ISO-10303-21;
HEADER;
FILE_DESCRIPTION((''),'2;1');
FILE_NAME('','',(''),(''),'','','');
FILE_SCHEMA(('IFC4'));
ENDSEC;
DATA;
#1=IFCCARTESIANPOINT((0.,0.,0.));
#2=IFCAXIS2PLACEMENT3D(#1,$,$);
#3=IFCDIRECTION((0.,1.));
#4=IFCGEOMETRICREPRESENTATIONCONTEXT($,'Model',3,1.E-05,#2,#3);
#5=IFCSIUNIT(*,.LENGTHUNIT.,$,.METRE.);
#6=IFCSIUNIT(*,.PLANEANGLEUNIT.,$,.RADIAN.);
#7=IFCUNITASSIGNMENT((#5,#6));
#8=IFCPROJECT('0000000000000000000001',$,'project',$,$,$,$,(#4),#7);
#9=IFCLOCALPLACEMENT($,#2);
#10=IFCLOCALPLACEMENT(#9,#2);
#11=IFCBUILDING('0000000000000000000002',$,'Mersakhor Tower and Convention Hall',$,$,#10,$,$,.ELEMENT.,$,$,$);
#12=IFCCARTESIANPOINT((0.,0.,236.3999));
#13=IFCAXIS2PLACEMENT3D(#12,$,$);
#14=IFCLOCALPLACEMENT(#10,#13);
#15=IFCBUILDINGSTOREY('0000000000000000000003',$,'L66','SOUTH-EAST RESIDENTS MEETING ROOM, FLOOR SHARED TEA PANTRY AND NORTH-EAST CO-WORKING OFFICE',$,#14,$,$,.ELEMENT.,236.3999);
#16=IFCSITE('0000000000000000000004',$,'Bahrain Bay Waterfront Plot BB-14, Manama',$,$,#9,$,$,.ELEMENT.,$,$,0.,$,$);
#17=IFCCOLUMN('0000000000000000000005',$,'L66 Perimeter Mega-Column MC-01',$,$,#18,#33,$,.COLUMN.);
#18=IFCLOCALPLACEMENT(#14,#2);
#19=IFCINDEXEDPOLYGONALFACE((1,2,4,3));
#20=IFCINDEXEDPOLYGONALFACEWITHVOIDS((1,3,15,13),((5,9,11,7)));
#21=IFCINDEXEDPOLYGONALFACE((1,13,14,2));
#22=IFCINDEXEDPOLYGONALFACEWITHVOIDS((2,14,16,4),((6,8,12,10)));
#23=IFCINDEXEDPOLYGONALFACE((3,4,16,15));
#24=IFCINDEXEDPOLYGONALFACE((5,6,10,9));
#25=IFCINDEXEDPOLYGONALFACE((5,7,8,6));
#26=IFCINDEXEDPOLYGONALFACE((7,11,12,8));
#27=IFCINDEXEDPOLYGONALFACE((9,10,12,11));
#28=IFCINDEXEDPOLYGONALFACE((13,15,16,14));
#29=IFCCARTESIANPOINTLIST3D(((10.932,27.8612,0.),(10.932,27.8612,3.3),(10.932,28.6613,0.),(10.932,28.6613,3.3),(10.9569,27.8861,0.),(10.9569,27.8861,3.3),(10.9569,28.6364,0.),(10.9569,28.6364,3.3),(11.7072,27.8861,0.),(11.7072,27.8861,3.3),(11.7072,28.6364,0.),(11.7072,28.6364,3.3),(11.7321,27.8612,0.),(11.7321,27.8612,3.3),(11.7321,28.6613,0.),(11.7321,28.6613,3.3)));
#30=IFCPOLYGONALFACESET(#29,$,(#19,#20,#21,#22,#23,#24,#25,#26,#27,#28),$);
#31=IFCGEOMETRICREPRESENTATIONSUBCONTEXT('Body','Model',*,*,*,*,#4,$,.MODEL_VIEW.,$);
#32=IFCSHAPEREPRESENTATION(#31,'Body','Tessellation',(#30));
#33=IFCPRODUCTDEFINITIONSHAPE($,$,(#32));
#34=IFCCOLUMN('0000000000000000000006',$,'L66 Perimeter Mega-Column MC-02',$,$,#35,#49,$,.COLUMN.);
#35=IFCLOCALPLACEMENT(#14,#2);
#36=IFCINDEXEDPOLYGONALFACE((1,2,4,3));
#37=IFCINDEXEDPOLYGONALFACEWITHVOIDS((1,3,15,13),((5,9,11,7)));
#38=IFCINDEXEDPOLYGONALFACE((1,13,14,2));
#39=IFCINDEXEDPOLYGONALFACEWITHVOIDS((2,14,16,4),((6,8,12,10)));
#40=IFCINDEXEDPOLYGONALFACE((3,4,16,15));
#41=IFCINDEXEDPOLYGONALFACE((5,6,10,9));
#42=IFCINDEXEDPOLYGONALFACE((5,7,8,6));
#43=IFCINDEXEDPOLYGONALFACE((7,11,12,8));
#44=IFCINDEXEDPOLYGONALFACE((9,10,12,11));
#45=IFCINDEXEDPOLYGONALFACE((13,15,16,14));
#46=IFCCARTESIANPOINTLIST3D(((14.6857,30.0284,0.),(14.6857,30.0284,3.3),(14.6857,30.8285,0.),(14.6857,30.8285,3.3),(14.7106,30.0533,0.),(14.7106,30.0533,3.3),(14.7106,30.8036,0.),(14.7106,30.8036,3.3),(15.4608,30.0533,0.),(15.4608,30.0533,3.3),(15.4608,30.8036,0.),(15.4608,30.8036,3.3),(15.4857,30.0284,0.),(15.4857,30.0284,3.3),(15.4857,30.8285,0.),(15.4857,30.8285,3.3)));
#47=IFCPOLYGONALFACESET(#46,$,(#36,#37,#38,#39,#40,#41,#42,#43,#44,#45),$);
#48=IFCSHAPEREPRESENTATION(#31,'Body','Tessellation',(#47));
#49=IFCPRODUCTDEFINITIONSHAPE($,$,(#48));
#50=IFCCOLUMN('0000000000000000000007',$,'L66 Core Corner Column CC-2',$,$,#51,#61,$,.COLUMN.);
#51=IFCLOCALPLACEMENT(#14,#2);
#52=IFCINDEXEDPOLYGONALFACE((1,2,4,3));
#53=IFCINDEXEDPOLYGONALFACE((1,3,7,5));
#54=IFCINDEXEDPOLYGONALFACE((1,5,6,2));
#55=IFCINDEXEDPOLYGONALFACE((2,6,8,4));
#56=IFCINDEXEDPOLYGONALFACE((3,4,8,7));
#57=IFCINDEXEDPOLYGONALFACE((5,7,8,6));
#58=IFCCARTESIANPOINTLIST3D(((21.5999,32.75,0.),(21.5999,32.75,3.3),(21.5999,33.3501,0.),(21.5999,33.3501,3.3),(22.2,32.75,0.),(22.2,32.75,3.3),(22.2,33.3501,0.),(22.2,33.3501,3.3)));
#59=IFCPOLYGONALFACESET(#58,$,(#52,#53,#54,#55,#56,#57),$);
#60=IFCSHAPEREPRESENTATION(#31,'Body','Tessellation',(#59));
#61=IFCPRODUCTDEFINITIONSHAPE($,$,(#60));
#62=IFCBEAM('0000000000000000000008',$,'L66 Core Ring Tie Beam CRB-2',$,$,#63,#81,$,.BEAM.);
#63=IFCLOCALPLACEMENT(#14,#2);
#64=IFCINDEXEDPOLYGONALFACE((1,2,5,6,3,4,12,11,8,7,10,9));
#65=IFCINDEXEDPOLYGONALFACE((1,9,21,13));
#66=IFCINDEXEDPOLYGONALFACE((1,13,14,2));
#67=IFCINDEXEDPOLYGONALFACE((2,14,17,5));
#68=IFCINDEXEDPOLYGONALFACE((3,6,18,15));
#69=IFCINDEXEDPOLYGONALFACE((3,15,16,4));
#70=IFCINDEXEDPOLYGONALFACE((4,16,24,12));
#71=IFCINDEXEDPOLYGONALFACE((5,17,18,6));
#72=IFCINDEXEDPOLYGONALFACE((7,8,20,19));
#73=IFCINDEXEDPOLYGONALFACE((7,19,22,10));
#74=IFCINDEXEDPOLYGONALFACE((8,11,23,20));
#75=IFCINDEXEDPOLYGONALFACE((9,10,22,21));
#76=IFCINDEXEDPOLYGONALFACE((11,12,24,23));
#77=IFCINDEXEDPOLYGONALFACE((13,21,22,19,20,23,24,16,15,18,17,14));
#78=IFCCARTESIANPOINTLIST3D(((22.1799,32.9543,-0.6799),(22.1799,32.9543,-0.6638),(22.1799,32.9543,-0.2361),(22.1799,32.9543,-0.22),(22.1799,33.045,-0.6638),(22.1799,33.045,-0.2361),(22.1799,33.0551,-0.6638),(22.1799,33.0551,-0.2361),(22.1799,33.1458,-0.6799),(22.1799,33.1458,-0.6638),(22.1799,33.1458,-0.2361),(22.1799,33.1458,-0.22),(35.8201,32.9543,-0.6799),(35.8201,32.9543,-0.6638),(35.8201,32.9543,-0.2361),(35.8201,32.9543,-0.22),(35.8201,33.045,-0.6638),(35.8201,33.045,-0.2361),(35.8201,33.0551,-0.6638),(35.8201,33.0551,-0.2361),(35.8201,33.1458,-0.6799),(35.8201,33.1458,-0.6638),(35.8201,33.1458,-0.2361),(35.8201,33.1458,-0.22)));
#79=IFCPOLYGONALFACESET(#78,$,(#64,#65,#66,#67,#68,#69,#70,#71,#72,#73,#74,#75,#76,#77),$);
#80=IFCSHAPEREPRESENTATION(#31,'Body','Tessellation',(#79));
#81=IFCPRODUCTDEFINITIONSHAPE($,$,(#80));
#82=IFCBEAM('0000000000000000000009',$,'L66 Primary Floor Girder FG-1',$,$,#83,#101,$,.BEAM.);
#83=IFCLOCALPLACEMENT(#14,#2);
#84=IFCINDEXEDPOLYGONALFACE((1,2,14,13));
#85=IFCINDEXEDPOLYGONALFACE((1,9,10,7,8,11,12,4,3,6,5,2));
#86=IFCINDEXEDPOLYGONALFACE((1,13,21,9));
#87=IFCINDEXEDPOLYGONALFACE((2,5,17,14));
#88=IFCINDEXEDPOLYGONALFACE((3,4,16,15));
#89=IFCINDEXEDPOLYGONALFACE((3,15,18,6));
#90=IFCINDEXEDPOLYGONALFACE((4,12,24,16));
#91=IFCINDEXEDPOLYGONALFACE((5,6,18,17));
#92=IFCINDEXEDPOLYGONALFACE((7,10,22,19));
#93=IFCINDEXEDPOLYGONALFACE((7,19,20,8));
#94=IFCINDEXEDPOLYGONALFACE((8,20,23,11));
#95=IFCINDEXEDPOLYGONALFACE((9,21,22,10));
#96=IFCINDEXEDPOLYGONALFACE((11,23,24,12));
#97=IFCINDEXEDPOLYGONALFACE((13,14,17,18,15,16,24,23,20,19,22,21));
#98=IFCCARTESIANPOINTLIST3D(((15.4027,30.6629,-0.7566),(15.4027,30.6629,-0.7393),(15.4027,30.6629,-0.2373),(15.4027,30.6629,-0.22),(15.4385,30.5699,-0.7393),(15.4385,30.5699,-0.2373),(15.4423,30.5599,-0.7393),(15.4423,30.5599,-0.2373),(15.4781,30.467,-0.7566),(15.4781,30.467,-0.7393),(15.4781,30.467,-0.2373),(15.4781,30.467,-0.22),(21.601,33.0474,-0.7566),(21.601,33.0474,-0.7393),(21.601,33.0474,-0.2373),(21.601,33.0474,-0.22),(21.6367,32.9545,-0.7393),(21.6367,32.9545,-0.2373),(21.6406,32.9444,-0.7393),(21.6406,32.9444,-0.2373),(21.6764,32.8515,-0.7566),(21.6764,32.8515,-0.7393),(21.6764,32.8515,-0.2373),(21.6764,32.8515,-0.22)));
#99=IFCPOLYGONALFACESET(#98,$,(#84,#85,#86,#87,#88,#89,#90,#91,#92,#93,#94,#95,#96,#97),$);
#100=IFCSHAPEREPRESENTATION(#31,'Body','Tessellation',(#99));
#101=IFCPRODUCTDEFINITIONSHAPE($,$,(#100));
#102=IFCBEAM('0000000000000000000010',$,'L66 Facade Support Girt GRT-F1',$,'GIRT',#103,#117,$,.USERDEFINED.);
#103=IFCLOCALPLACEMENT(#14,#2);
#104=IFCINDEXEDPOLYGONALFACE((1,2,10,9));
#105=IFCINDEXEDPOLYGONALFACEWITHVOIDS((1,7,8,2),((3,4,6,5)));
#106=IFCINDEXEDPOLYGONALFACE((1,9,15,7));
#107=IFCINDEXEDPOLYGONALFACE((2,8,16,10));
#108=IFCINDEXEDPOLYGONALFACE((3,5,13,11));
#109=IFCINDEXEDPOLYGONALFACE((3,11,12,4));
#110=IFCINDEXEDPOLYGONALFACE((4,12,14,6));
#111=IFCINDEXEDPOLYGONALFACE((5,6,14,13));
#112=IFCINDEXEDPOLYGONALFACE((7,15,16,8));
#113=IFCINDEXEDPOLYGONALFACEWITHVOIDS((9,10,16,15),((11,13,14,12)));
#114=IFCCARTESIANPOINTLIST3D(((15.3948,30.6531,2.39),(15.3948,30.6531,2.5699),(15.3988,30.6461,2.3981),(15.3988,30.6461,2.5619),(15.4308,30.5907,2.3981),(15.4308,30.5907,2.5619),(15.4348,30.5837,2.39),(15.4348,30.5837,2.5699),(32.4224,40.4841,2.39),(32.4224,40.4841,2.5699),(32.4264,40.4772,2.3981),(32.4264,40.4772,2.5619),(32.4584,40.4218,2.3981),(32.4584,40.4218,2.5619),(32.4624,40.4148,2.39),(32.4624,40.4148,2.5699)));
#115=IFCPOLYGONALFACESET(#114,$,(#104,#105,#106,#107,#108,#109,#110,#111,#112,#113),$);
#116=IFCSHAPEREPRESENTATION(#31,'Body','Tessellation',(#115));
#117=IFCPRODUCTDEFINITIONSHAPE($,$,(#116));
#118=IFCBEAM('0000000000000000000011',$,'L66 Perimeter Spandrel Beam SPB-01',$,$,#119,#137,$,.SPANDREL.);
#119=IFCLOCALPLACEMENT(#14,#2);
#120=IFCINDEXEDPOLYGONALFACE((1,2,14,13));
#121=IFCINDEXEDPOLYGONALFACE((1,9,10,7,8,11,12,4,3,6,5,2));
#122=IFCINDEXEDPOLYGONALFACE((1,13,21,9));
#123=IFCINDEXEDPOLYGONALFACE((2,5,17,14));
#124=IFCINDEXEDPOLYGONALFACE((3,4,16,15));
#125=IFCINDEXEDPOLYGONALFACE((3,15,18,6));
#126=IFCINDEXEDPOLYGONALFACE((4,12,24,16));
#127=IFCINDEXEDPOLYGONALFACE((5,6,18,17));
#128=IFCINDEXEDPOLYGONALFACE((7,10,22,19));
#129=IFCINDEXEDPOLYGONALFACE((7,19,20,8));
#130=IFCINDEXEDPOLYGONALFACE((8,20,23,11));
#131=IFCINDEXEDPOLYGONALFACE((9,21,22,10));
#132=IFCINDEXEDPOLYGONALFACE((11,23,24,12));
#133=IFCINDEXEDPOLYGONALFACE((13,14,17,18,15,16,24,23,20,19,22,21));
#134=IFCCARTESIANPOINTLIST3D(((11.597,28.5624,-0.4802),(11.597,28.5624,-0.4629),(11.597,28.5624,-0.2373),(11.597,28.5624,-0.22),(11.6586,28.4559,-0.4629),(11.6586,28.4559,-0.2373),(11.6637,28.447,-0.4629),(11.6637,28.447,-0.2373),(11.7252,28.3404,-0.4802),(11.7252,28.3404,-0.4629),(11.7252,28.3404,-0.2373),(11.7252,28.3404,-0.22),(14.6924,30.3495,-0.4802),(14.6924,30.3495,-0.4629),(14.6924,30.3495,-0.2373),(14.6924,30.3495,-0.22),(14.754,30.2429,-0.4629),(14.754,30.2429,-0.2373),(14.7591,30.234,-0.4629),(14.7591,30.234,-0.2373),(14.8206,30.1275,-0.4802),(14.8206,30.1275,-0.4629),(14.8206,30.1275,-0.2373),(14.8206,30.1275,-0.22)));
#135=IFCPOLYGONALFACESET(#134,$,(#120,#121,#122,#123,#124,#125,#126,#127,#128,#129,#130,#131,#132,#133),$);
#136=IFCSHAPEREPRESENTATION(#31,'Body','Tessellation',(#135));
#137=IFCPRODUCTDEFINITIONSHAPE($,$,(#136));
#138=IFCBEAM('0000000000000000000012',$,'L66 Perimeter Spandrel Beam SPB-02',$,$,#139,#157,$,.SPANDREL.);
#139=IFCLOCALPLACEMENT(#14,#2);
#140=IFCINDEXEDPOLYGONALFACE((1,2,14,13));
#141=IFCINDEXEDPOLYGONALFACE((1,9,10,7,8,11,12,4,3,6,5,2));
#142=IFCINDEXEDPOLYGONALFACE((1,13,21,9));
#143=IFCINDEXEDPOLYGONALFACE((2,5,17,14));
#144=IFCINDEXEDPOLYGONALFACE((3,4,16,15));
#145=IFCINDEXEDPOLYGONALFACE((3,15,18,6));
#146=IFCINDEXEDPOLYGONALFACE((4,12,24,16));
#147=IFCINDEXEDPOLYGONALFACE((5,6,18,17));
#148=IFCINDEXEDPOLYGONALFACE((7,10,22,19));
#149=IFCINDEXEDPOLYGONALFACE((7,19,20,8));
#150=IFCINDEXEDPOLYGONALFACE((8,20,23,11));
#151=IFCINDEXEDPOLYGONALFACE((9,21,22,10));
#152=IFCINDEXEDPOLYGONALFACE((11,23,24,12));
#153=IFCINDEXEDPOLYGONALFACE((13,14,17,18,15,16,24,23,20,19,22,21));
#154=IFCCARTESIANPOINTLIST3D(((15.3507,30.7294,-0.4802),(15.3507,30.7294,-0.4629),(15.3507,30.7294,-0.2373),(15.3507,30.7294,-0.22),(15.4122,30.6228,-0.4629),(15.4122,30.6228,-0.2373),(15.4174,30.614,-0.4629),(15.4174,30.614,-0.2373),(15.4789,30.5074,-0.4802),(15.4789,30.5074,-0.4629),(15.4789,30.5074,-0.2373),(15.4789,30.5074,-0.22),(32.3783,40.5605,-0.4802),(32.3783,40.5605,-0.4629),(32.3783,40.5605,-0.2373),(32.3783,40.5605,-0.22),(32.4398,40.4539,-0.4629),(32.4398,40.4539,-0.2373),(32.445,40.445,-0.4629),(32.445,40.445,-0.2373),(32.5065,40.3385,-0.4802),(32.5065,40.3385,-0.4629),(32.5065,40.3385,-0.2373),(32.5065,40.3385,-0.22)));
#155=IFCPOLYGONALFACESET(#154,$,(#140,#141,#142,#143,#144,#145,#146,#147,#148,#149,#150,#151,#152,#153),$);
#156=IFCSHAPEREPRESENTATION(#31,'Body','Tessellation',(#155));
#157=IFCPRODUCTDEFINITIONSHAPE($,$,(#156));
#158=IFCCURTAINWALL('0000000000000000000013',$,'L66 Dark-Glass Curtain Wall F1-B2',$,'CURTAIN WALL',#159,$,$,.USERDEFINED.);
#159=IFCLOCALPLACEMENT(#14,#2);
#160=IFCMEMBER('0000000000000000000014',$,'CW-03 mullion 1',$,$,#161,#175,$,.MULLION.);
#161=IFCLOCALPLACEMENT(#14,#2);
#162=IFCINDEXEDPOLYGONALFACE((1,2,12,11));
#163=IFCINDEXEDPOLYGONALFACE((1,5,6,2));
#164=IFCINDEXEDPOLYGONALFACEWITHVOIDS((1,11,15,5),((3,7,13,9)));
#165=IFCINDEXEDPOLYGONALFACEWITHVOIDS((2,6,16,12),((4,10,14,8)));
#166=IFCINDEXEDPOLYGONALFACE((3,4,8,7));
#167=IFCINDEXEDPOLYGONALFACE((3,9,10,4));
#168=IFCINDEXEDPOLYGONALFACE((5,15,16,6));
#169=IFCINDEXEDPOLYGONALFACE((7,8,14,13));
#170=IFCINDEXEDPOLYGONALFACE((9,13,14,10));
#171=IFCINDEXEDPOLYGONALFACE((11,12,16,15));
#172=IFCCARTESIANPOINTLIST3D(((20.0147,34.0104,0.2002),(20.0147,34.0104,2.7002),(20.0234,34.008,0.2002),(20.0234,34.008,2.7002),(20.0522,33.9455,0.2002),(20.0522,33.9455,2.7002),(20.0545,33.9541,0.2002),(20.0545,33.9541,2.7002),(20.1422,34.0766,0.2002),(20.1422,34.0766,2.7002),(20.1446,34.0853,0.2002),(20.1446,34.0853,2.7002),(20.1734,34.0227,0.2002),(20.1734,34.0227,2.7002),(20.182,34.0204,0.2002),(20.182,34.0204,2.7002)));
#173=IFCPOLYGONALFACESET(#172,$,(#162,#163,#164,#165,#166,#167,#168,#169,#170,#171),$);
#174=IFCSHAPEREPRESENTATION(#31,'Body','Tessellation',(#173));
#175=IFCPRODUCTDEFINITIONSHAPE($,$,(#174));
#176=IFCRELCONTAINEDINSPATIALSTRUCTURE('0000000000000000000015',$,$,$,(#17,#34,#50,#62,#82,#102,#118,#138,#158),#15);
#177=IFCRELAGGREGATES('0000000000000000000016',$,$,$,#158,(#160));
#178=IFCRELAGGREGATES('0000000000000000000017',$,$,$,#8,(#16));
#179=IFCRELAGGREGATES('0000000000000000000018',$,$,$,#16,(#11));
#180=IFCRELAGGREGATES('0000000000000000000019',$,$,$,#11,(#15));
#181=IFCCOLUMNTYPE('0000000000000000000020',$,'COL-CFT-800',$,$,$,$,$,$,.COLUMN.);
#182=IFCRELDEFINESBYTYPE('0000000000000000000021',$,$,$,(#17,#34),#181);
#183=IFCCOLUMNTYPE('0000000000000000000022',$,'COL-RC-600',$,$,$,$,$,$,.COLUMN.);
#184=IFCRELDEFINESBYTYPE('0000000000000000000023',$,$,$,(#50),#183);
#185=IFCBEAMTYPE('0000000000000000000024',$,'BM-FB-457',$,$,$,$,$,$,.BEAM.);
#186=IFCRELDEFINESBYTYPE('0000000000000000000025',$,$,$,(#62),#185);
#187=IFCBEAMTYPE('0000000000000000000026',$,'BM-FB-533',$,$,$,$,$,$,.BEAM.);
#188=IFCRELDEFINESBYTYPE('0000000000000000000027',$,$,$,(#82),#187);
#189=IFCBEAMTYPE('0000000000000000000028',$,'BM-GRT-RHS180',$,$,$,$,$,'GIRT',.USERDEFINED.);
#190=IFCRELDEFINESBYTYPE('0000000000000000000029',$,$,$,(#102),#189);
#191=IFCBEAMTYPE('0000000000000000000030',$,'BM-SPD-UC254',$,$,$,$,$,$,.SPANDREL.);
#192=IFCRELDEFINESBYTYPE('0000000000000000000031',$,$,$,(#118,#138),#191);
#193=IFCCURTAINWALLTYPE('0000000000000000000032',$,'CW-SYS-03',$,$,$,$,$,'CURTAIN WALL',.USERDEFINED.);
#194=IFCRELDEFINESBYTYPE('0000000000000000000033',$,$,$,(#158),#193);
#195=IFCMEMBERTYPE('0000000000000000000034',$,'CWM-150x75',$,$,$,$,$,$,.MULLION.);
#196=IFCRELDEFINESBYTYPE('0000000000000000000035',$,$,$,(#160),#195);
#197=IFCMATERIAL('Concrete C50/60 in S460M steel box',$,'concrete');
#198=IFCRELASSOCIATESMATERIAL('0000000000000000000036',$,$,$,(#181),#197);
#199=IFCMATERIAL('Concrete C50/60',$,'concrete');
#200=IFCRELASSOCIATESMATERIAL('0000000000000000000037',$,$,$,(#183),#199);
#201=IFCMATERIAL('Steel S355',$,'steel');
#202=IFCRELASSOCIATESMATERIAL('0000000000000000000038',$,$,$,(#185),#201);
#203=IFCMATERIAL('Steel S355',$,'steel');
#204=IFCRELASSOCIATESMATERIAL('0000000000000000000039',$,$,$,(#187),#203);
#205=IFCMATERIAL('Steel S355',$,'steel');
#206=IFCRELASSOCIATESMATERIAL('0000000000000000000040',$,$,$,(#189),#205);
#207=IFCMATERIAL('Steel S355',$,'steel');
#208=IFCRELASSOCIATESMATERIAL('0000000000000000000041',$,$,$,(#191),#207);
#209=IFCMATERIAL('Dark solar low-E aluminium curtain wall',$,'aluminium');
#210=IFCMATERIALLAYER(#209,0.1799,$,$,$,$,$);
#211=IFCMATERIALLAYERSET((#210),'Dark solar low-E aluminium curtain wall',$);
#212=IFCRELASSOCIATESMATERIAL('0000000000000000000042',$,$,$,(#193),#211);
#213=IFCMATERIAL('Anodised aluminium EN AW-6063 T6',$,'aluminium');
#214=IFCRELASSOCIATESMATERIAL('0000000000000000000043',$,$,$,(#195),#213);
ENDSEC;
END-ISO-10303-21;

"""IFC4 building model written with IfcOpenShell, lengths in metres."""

from ifc_helpers import new_model, si_unit, direction, frame, origin, origin_2d, place, context, subcontext, project, spatial, rectangle, hollow_rectangle, i_section, extrude, material, layer, layer_set, material_profile, profile_set, type_object, element, aggregate, save


model = new_model("IFC4")

# Units and contexts
model_context = context("Model", 3, precision=1e-05, world=origin(), true_north=direction((0.0, 1.0)))
body_context = subcontext(model_context, "Body", "Model", "MODEL_VIEW")
ifc_project = project(units=[si_unit("LENGTHUNIT", "METRE"), si_unit("PLANEANGLEUNIT", "RADIAN")], contexts=[model_context])

# Site, building, storey
site_placement = place(None, origin())
site = spatial("IfcSite", under=ifc_project, at=site_placement, Name="Bahrain Bay Waterfront Plot BB-14, Manama", CompositionType="ELEMENT", RefElevation=0.0)
building_placement = place(site_placement, origin())
building = spatial("IfcBuilding", under=site, at=building_placement, Name="Mersakhor Tower and Convention Hall", CompositionType="ELEMENT")
storey_placement = place(building_placement, frame((0.0, 0.0, 236.3999)))
storey = spatial("IfcBuildingStorey", under=building, at=storey_placement, Name="L66", Description="SOUTH-EAST RESIDENTS MEETING ROOM, FLOOR SHARED TEA PANTRY AND NORTH-EAST CO-WORKING OFFICE", CompositionType="ELEMENT", Elevation=236.3999)

# Columns
ifc_material_1 = material(Name="Concrete C50/60 in S460M steel box", Category="concrete")
ifc_material_profile_1 = material_profile(ifc_material_1, hollow_rectangle(XDim=0.8, YDim=0.8, WallThickness=0.0249, at=origin_2d()), Name="SHS 800x800x25")
ifc_profile_set_1 = profile_set([ifc_material_profile_1], Name="Concrete C50/60 in S460M steel box")
column_type_1 = type_object("IfcColumnType", Name="COL-CFT-800", PredefinedType="COLUMN", material=ifc_profile_set_1)
for number, where, z_axis, x_axis, name in (
    (1, (11.332, 28.2612, 0.0), (0.0, 0.0, 1.0), (1.0, 0.0, 0.0), "L66 Perimeter Mega-Column MC-01"),
    (2, (15.0857, 30.4285, 0.0), (0.0, 0.0, 1.0), (1.0, 0.0, 0.0), "L66 Perimeter Mega-Column MC-02"),
):
    element("IfcColumn", number, at=place(storey_placement, frame(where, z_axis=z_axis, x_axis=x_axis)), inside=storey, type_object=column_type_1, Name=name, PredefinedType="COLUMN", context=body_context, shape_type="SweptSolid", body=[
        extrude(hollow_rectangle(XDim=0.8, YDim=0.8, WallThickness=0.0249, at=origin_2d()), origin(), (0.0, 0.0, 1.0), 3.3),
    ])
ifc_material_2 = material(Name="Concrete C50/60", Category="concrete")
ifc_material_profile_2 = material_profile(ifc_material_2, rectangle(XDim=0.6001, YDim=0.6001, at=origin_2d()), Name="RC 600x600")
ifc_profile_set_2 = profile_set([ifc_material_profile_2], Name="Concrete C50/60")
column_type_2 = type_object("IfcColumnType", Name="COL-RC-600", PredefinedType="COLUMN", material=ifc_profile_set_2)
column_placement = place(storey_placement, frame((21.8999, 33.05, 0.0), z_axis=(0.0, 0.0, 1.0), x_axis=(1.0, 0.0, 0.0)))
element("IfcColumn", 3, at=column_placement, inside=storey, type_object=column_type_2, Name="L66 Core Corner Column CC-2", PredefinedType="COLUMN", context=body_context, shape_type="SweptSolid", body=[
    extrude(rectangle(XDim=0.6001, YDim=0.6001, at=origin_2d()), origin(), (0.0, 0.0, 1.0), 3.3),
])

# Beams
ifc_material_3 = material(Name="Steel S355", Category="steel")
ifc_material_profile_3 = material_profile(ifc_material_3, i_section(OverallWidth=0.1914, OverallDepth=0.46, WebThickness=0.01, FlangeThickness=0.0161, at=origin_2d()), Name="UB 457x191x82")
ifc_profile_set_3 = profile_set([ifc_material_profile_3], Name="Steel S355")
beam_type_1 = type_object("IfcBeamType", Name="BM-FB-457", PredefinedType="BEAM", material=ifc_profile_set_3)
beam_1_placement = place(storey_placement, frame((22.1799, 33.05, -0.45), z_axis=(1.0, 0.0, 0.0), x_axis=(0.0, 1.0, 0.0)))
element("IfcBeam", 4, at=beam_1_placement, inside=storey, type_object=beam_type_1, Name="L66 Core Ring Tie Beam CRB-2", PredefinedType="BEAM", context=body_context, shape_type="SweptSolid", body=[
    extrude(i_section(OverallWidth=0.1914, OverallDepth=0.46, WebThickness=0.01, FlangeThickness=0.0161, at=origin_2d()), origin(), (0.0, 0.0, 1.0), 13.6401),
])
ifc_material_4 = material(Name="Steel S355", Category="steel")
ifc_material_profile_4 = material_profile(ifc_material_4, i_section(OverallWidth=0.21, OverallDepth=0.5366, WebThickness=0.0107, FlangeThickness=0.0173, at=origin_2d()), Name="UB 533x210x101")
ifc_profile_set_4 = profile_set([ifc_material_profile_4], Name="Steel S355")
beam_type_2 = type_object("IfcBeamType", Name="BM-FB-533", PredefinedType="BEAM", material=ifc_profile_set_4)
beam_2_placement = place(storey_placement, frame((21.6387, 32.9495, -0.4883), z_axis=(-0.933316, -0.359055, 0.0), x_axis=(0.359055, -0.933316, 0.0)))
element("IfcBeam", 5, at=beam_2_placement, inside=storey, type_object=beam_type_2, Name="L66 Primary Floor Girder FG-1", PredefinedType="BEAM", context=body_context, shape_type="SweptSolid", body=[
    extrude(i_section(OverallWidth=0.21, OverallDepth=0.5366, WebThickness=0.0107, FlangeThickness=0.0173, at=origin_2d()), origin(), (0.0, 0.0, 1.0), 6.6411),
])
ifc_material_5 = material(Name="Steel S355", Category="steel")
ifc_material_profile_5 = material_profile(ifc_material_5, hollow_rectangle(XDim=0.0801, YDim=0.1799, WallThickness=0.0081, at=origin_2d()), Name="RHS 180x80x8")
ifc_profile_set_5 = profile_set([ifc_material_profile_5], Name="Steel S355")
beam_type_3 = type_object("IfcBeamType", Name="BM-GRT-RHS180", ElementType="GIRT", PredefinedType="USERDEFINED", material=ifc_profile_set_5)
beam_3_placement = place(storey_placement, frame((15.4148, 30.6184, 2.48), z_axis=(0.866022, 0.500007, 0.0), x_axis=(-0.500007, 0.866022, 0.0)))
element("IfcBeam", 6, at=beam_3_placement, inside=storey, type_object=beam_type_3, Name="L66 Facade Support Girt GRT-F1", ObjectType="GIRT", PredefinedType="USERDEFINED", context=body_context, shape_type="SweptSolid", body=[
    extrude(hollow_rectangle(XDim=0.0801, YDim=0.1799, WallThickness=0.0081, at=origin_2d()), origin(), (0.0, 0.0, 1.0), 19.6619),
])
ifc_material_6 = material(Name="Steel S355", Category="steel")
ifc_material_profile_6 = material_profile(ifc_material_6, i_section(OverallWidth=0.2563, OverallDepth=0.2603, WebThickness=0.0103, FlangeThickness=0.0173, at=origin_2d()), Name="UC 254x254x89")
ifc_profile_set_6 = profile_set([ifc_material_profile_6], Name="Steel S355")
beam_type_4 = type_object("IfcBeamType", Name="BM-SPD-UC254", PredefinedType="SPANDREL", material=ifc_profile_set_6)
beam_4_placement = place(storey_placement, frame((11.6611, 28.4514, -0.3501), z_axis=(0.866032, 0.499989, 0.0), x_axis=(-0.499989, 0.866032, 0.0)))
element("IfcBeam", 7, at=beam_4_placement, inside=storey, type_object=beam_type_4, Name="L66 Perimeter Spandrel Beam SPB-01", PredefinedType="SPANDREL", context=body_context, shape_type="SweptSolid", body=[
    extrude(i_section(OverallWidth=0.2563, OverallDepth=0.2603, WebThickness=0.0103, FlangeThickness=0.0173, at=origin_2d()), origin(), (0.0, 0.0, 1.0), 3.5742),
])
beam_5_placement = place(storey_placement, frame((15.4148, 30.6184, -0.3501), z_axis=(0.866022, 0.500007, 0.0), x_axis=(-0.500007, 0.866022, 0.0)))
element("IfcBeam", 8, at=beam_5_placement, inside=storey, type_object=beam_type_4, Name="L66 Perimeter Spandrel Beam SPB-02", PredefinedType="SPANDREL", context=body_context, shape_type="SweptSolid", body=[
    extrude(i_section(OverallWidth=0.2563, OverallDepth=0.2603, WebThickness=0.0103, FlangeThickness=0.0173, at=origin_2d()), origin(), (0.0, 0.0, 1.0), 19.6619),
])

# Curtain wall, member
ifc_material_7 = material(Name="Dark solar low-E aluminium curtain wall", Category="aluminium")
ifc_layer_1 = layer(ifc_material_7, 0.1799)
ifc_layer_set_1 = layer_set([ifc_layer_1], Name="Dark solar low-E aluminium curtain wall")
curtain_wall_type = type_object("IfcCurtainWallType", Name="CW-SYS-03", ElementType="CURTAIN WALL", PredefinedType="USERDEFINED", material=ifc_layer_set_1)
curtain_wall_placement = place(storey_placement, origin())
curtain_wall = element("IfcCurtainWall", 9, at=curtain_wall_placement, inside=storey, type_object=curtain_wall_type, Name="L66 Dark-Glass Curtain Wall F1-B2", ObjectType="CURTAIN WALL", PredefinedType="USERDEFINED")
ifc_material_8 = material(Name="Anodised aluminium EN AW-6063 T6", Category="aluminium")
ifc_material_profile_7 = material_profile(ifc_material_8, hollow_rectangle(XDim=0.075, YDim=0.1499, WallThickness=0.0063, at=origin_2d()), Name="RHS 150x75x6.3")
ifc_profile_set_7 = profile_set([ifc_material_profile_7], Name="Anodised aluminium EN AW-6063 T6")
member_type_1 = type_object("IfcMemberType", Name="CWM-150x75", PredefinedType="MULLION", material=ifc_profile_set_7)
member_1_placement = place(storey_placement, frame((20.0984, 34.0154, 0.2002), z_axis=(0.0, 0.0, 1.0), x_axis=(-0.500004, 0.866023, 0.0)))
member_1 = element("IfcMember", 10, at=member_1_placement, type_object=member_type_1, Name="CW-03 mullion 1", PredefinedType="MULLION", context=body_context, shape_type="SweptSolid", body=[
    extrude(hollow_rectangle(XDim=0.075, YDim=0.1499, WallThickness=0.0063, at=origin_2d()), origin(), (0.0, 0.0, 1.0), 2.5),
])

aggregate(curtain_wall, [member_1])

save(model, "model.ifc")
